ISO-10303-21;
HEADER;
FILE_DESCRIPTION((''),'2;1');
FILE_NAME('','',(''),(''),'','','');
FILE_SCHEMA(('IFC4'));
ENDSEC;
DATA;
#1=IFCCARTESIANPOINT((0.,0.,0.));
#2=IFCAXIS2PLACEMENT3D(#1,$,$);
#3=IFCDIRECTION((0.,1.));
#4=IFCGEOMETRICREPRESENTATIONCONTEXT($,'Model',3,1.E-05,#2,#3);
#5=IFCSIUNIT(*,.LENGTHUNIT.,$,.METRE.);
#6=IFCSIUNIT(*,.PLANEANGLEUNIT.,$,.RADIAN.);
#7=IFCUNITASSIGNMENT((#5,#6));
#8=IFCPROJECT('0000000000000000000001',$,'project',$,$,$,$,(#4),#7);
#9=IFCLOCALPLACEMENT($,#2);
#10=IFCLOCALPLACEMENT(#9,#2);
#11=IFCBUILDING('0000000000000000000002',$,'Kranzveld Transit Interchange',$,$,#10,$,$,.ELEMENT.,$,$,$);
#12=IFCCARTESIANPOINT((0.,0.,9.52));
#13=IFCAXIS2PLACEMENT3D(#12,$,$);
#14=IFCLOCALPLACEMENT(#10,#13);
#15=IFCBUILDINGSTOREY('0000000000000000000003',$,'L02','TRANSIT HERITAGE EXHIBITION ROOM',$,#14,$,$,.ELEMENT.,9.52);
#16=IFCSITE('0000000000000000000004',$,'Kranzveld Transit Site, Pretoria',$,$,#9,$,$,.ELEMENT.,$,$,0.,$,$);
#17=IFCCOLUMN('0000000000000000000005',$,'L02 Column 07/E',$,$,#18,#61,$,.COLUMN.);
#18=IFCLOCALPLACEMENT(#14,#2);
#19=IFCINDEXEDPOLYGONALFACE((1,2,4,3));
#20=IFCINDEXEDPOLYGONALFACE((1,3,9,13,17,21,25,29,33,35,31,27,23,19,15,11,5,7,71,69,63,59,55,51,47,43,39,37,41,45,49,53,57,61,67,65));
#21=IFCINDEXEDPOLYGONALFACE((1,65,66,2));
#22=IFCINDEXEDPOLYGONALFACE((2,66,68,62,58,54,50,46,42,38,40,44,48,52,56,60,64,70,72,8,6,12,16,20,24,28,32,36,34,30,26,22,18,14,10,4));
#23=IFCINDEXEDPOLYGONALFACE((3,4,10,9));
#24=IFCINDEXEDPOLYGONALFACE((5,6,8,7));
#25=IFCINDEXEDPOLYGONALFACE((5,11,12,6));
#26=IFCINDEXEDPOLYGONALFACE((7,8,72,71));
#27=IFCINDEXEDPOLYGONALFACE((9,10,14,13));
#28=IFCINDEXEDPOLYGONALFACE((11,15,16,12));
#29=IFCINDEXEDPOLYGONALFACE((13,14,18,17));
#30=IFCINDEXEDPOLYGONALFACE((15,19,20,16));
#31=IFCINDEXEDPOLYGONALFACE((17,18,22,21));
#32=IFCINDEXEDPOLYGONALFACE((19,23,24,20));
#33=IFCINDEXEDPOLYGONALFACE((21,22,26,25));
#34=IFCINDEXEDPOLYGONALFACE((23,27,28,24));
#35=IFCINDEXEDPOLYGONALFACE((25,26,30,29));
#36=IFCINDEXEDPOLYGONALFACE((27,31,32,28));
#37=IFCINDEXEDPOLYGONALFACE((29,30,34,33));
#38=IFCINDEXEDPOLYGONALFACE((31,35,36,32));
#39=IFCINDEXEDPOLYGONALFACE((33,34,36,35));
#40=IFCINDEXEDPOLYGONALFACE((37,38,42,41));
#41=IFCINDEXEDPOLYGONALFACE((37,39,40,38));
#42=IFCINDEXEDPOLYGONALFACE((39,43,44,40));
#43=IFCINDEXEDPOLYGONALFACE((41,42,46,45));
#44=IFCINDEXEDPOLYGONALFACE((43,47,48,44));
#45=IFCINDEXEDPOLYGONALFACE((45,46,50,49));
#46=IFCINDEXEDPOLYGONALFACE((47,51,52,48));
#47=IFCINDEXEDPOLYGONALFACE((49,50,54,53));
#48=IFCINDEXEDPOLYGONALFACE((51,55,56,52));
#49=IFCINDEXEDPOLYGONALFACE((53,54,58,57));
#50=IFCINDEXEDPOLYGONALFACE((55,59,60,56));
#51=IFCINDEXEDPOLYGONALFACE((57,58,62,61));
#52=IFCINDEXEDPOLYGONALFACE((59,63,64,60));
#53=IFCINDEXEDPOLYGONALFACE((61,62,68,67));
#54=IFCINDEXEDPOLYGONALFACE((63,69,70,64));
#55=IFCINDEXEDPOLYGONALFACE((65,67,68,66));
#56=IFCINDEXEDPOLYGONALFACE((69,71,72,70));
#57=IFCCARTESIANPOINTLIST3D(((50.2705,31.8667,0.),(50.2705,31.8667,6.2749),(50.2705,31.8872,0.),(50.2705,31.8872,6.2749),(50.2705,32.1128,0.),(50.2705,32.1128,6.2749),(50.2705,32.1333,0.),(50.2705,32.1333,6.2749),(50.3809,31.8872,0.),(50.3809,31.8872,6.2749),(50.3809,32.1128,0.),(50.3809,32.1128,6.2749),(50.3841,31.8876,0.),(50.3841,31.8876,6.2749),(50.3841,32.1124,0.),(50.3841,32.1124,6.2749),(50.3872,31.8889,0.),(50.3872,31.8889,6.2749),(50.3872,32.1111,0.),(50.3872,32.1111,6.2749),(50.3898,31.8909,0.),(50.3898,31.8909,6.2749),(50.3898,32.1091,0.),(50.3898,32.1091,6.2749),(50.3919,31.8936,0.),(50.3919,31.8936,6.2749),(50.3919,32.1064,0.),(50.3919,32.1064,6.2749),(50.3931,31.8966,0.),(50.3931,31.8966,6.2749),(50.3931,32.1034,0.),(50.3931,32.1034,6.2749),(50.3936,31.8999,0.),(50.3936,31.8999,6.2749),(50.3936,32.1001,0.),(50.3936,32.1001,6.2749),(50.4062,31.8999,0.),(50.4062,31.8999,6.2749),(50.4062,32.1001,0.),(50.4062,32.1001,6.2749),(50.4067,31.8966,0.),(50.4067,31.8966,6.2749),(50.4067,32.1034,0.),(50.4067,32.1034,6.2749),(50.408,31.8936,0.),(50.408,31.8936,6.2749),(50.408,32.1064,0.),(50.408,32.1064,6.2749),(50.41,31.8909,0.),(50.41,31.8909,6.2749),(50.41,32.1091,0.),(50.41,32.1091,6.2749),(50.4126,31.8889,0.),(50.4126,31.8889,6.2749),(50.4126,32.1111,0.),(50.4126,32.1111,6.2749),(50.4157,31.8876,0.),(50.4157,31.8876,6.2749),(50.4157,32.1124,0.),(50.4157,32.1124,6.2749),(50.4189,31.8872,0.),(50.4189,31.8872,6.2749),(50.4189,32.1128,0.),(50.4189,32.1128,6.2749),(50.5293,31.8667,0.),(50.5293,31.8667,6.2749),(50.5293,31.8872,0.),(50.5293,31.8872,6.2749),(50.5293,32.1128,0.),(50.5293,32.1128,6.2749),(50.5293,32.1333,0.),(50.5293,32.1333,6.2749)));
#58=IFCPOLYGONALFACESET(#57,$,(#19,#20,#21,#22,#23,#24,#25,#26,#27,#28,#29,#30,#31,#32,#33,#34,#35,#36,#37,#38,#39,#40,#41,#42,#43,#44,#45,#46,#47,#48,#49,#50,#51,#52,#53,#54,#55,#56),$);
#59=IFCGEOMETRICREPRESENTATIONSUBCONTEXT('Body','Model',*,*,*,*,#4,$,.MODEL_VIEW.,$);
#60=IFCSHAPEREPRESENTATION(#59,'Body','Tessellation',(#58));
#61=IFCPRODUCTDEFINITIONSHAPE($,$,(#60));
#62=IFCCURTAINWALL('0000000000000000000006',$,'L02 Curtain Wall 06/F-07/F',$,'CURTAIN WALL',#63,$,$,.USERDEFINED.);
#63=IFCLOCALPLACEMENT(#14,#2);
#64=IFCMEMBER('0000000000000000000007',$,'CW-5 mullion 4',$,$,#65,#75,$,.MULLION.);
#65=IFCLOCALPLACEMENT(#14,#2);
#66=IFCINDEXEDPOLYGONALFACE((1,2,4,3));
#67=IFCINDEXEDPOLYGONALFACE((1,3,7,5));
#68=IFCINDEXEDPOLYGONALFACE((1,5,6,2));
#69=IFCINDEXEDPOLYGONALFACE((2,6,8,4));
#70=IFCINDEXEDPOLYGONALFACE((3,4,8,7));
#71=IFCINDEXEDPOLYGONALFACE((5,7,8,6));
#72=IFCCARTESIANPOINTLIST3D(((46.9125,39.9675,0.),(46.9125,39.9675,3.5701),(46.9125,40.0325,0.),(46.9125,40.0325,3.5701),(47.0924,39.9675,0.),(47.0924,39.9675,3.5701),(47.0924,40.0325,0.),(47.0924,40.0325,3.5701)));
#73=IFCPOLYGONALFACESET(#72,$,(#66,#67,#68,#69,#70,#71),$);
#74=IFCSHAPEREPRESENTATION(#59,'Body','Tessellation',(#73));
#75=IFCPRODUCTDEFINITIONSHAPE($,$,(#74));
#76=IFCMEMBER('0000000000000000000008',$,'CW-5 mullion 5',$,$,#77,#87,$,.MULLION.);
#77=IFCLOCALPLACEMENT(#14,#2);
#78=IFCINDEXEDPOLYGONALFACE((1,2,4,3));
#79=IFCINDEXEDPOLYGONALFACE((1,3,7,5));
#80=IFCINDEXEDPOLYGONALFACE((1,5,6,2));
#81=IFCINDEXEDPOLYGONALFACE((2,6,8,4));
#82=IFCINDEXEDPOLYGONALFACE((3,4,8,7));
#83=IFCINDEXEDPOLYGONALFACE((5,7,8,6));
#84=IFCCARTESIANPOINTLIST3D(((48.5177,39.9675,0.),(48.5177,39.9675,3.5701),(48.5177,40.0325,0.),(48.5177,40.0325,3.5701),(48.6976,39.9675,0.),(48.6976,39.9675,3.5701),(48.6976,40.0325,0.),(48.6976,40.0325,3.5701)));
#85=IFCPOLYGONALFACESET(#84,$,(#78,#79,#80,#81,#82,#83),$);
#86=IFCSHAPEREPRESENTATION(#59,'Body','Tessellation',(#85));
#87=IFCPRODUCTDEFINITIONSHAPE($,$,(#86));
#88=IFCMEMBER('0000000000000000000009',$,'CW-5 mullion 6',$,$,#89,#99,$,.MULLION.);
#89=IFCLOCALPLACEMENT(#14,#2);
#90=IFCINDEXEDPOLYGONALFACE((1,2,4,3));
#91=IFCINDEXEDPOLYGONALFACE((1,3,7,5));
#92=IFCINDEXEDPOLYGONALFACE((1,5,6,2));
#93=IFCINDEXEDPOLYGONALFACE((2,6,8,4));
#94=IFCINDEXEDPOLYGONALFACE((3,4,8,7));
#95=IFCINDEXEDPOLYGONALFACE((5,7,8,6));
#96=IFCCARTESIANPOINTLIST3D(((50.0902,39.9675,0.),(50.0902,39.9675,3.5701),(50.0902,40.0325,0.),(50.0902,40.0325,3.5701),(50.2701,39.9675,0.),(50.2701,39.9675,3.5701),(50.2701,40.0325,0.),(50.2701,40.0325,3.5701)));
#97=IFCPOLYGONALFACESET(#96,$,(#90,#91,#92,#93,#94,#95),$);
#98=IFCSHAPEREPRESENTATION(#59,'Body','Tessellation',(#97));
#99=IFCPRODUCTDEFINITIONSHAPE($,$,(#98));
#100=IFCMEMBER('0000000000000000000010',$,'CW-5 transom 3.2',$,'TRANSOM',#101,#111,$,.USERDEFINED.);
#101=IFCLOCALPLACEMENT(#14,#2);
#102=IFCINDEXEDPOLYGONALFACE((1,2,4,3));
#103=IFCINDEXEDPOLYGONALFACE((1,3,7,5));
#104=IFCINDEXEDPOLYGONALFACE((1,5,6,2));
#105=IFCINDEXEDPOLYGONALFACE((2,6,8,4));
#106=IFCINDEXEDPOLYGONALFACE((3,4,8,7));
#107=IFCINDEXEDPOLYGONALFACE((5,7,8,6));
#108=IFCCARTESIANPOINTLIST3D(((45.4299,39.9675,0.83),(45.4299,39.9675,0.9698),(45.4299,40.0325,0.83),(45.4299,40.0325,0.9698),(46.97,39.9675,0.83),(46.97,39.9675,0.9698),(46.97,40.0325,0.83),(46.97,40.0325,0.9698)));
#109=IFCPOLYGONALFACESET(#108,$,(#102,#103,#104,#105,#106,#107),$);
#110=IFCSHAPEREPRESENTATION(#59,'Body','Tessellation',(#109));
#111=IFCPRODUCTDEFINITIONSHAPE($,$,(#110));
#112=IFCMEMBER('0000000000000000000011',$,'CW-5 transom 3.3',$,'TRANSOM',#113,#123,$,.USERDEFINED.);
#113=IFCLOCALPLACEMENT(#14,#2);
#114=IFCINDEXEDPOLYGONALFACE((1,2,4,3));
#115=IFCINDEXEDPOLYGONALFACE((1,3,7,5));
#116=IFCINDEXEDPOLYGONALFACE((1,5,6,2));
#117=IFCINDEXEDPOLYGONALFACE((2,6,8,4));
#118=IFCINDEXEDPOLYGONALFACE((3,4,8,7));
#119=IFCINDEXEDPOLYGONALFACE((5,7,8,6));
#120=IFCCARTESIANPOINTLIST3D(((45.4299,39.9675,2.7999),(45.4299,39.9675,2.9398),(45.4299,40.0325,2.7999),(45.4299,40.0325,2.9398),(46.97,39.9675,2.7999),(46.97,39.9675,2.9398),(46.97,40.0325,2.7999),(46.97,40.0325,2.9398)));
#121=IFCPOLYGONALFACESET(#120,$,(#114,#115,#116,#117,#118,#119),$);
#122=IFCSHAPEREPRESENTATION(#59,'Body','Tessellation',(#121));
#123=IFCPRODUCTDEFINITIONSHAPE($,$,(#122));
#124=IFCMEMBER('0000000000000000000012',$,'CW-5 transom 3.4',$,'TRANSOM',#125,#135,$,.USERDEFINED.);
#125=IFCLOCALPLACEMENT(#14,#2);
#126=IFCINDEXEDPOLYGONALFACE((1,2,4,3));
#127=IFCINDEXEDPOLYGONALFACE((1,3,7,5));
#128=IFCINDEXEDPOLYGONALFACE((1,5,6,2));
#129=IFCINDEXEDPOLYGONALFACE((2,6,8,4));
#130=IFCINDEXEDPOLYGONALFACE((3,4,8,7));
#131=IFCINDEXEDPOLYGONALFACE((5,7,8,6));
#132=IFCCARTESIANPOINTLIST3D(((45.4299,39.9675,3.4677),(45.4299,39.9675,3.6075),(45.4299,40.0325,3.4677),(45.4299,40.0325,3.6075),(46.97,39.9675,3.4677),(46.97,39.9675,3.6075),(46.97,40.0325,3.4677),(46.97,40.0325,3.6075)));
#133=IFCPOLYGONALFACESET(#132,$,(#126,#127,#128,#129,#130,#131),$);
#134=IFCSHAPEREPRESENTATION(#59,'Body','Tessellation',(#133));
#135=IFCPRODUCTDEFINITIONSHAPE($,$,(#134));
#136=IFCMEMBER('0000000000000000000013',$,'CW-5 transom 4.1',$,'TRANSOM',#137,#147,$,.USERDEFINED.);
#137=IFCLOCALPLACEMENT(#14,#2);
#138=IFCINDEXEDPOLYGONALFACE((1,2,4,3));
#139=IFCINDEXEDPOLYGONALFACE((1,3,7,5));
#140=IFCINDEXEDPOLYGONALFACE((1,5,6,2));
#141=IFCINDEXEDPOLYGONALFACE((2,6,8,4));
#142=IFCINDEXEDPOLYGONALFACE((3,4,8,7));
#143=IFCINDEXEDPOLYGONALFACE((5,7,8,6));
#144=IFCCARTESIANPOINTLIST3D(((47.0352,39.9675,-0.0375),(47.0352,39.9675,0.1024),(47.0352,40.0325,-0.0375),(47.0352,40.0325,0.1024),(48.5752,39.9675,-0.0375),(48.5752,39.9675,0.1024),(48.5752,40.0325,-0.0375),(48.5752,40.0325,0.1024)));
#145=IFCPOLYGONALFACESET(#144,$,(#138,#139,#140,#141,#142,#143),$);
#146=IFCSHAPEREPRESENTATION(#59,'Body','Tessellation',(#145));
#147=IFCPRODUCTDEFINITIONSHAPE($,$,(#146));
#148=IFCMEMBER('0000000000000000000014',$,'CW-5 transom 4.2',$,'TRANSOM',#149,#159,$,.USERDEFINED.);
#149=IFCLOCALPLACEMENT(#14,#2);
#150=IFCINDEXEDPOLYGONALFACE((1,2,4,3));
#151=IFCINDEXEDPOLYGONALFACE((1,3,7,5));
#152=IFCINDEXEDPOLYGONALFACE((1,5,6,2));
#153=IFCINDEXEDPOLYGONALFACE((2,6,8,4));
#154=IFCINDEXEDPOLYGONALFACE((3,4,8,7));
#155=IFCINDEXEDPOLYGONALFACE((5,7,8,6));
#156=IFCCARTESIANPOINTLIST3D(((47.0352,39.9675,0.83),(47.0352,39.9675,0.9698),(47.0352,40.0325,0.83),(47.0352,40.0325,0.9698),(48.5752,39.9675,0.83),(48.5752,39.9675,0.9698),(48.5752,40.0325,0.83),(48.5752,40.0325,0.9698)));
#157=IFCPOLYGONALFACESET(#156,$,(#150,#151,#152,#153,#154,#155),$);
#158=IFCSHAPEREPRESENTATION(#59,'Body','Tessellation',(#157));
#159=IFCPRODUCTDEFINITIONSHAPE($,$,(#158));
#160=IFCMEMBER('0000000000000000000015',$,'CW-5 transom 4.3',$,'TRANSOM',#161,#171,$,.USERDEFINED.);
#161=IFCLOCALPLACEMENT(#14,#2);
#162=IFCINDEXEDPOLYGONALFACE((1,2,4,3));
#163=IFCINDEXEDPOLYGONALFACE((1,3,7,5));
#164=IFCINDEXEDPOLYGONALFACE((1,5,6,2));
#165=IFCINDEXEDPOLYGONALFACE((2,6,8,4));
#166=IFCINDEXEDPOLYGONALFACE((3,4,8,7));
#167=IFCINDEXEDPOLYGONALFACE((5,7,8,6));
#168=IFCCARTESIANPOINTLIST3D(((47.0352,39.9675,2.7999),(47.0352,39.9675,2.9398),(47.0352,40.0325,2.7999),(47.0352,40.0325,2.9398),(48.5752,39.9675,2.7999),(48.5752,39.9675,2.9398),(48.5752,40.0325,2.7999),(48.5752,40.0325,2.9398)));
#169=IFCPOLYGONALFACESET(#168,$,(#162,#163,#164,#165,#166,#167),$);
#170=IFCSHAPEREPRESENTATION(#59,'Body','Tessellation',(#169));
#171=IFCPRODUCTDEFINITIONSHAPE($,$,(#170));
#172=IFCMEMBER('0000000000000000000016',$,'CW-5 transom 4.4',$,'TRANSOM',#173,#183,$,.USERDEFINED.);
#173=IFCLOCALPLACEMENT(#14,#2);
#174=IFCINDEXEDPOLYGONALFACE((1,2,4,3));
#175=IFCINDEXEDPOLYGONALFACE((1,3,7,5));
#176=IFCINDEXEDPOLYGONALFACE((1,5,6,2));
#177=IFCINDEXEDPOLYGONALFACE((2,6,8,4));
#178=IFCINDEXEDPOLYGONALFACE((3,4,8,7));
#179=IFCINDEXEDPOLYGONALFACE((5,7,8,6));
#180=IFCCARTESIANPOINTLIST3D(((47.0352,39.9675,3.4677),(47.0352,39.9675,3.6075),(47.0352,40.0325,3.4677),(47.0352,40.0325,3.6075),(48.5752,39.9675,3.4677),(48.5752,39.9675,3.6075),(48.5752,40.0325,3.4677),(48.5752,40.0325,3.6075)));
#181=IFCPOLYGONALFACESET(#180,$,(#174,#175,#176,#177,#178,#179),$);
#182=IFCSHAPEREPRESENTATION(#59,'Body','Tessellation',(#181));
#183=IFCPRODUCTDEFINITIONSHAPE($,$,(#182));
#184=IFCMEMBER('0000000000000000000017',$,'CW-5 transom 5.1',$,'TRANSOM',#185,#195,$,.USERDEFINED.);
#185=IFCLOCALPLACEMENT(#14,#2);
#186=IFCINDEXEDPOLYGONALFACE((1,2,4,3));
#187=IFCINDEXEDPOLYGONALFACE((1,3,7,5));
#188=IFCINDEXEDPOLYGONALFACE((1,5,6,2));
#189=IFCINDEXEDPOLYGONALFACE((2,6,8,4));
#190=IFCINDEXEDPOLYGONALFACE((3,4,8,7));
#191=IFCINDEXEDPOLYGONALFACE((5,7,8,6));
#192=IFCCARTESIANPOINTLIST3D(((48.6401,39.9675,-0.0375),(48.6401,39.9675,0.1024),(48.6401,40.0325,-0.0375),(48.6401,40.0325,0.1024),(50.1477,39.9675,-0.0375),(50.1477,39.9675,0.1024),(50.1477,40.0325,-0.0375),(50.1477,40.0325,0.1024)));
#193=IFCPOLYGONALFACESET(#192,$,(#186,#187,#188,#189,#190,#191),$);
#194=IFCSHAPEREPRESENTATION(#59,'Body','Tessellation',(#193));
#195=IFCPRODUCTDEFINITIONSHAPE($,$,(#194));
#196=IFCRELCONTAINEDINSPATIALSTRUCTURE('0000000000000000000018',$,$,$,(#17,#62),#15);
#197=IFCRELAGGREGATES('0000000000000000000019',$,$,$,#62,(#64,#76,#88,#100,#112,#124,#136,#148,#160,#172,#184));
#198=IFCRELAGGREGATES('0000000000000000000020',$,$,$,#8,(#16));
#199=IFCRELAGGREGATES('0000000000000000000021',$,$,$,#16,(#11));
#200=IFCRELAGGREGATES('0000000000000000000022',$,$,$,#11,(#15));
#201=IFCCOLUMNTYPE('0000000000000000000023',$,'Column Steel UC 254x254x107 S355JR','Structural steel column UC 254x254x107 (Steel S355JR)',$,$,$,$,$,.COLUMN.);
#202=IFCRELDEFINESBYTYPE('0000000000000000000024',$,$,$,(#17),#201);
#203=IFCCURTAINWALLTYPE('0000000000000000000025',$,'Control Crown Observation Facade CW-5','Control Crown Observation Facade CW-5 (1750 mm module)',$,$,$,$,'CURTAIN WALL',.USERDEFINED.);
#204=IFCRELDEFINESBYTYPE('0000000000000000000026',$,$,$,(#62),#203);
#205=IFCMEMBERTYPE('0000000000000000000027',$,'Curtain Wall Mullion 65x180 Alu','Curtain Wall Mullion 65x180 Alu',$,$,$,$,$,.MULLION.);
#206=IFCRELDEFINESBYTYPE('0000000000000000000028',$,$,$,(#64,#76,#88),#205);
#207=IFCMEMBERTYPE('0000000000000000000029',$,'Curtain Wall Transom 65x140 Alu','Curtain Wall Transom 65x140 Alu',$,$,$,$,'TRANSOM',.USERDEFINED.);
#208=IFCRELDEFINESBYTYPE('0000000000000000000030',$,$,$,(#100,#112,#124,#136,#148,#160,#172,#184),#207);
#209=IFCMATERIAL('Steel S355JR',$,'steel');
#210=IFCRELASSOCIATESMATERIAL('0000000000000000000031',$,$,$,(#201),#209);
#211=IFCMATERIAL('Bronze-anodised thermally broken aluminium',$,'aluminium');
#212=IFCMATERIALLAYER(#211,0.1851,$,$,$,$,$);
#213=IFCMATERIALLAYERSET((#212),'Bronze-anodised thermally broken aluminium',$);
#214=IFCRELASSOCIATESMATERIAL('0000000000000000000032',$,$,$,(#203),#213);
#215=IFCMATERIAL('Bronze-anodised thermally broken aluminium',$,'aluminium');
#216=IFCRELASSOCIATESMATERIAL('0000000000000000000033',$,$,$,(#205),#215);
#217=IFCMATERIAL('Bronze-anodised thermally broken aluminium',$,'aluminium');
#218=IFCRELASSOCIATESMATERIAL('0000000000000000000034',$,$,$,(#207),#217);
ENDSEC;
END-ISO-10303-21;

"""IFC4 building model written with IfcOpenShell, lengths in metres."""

from ifc_helpers import new_model, si_unit, direction, frame, origin, origin_2d, place, context, subcontext, project, spatial, rectangle, i_section, extrude, material, layer, layer_set, material_profile, profile_set, type_object, element, aggregate, save


model = new_model("IFC4")

# Units and contexts
model_context = context("Model", 3, precision=1e-05, world=origin(), true_north=direction((0.0, 1.0)))
body_context = subcontext(model_context, "Body", "Model", "MODEL_VIEW")
ifc_project = project(units=[si_unit("LENGTHUNIT", "METRE"), si_unit("PLANEANGLEUNIT", "RADIAN")], contexts=[model_context])

# Site, building, storey
site_placement = place(None, origin())
site = spatial("IfcSite", under=ifc_project, at=site_placement, Name="Kranzveld Transit Site, Pretoria", CompositionType="ELEMENT", RefElevation=0.0)
building_placement = place(site_placement, origin())
building = spatial("IfcBuilding", under=site, at=building_placement, Name="Kranzveld Transit Interchange", CompositionType="ELEMENT")
storey_placement = place(building_placement, frame((0.0, 0.0, 9.52)))
storey = spatial("IfcBuildingStorey", under=building, at=storey_placement, Name="L02", Description="TRANSIT HERITAGE EXHIBITION ROOM", CompositionType="ELEMENT", Elevation=9.52)

# Column
ifc_material_1 = material(Name="Steel S355JR", Category="steel")
ifc_material_profile_1 = material_profile(ifc_material_1, i_section(OverallWidth=0.2588, OverallDepth=0.2666, WebThickness=0.0127, FlangeThickness=0.0205, FilletRadius=0.0127, at=origin_2d()), Name="UC 254x254x107")
ifc_profile_set_1 = profile_set([ifc_material_profile_1], Name="Steel S355JR")
column_type = type_object("IfcColumnType", Name="Column Steel UC 254x254x107 S355JR", Description="Structural steel column UC 254x254x107 (Steel S355JR)", PredefinedType="COLUMN", material=ifc_profile_set_1)
column_placement = place(storey_placement, frame((50.3999, 32.0, 0.0), z_axis=(0.0, 0.0, 1.0), x_axis=(1.0, 0.0, 0.0)))
element("IfcColumn", 1, at=column_placement, inside=storey, type_object=column_type, Name="L02 Column 07/E", PredefinedType="COLUMN", context=body_context, shape_type="SweptSolid", body=[
    extrude(i_section(OverallWidth=0.2588, OverallDepth=0.2666, WebThickness=0.0127, FlangeThickness=0.0205, FilletRadius=0.0127, at=origin_2d()), origin(), (0.0, 0.0, 1.0), 6.2749),
])

# Curtain wall, members
ifc_material_2 = material(Name="Bronze-anodised thermally broken aluminium", Category="aluminium")
ifc_layer_1 = layer(ifc_material_2, 0.1851)
ifc_layer_set_1 = layer_set([ifc_layer_1], Name="Bronze-anodised thermally broken aluminium")
curtain_wall_type = type_object("IfcCurtainWallType", Name="Control Crown Observation Facade CW-5", Description="Control Crown Observation Facade CW-5 (1750 mm module)", ElementType="CURTAIN WALL", PredefinedType="USERDEFINED", material=ifc_layer_set_1)
curtain_wall_placement = place(storey_placement, origin())
curtain_wall = element("IfcCurtainWall", 2, at=curtain_wall_placement, inside=storey, type_object=curtain_wall_type, Name="L02 Curtain Wall 06/F-07/F", ObjectType="CURTAIN WALL", PredefinedType="USERDEFINED")
ifc_material_3 = material(Name="Bronze-anodised thermally broken aluminium", Category="aluminium")
ifc_material_profile_2 = material_profile(ifc_material_3, rectangle(XDim=0.0649, YDim=0.1799, at=origin_2d()), Name="ALU MULLION 65x180")
ifc_profile_set_2 = profile_set([ifc_material_profile_2], Name="Bronze-anodised thermally broken aluminium")
member_type_1 = type_object("IfcMemberType", Name="Curtain Wall Mullion 65x180 Alu", Description="Curtain Wall Mullion 65x180 Alu", PredefinedType="MULLION", material=ifc_profile_set_2)
member_1_placement = place(storey_placement, frame((47.0024, 40.0, 0.0), z_axis=(0.0, 0.0, 1.0), x_axis=(0.0, 1.0, 0.0)))
member_1 = element("IfcMember", 3, at=member_1_placement, type_object=member_type_1, Name="CW-5 mullion 4", PredefinedType="MULLION", context=body_context, shape_type="SweptSolid", body=[
    extrude(rectangle(XDim=0.0649, YDim=0.1799, at=origin_2d()), origin(), (0.0, 0.0, 1.0), 3.5701),
])
member_2_placement = place(storey_placement, frame((48.6077, 40.0, 0.0), z_axis=(0.0, 0.0, 1.0), x_axis=(0.0, 1.0, 0.0)))
member_2 = element("IfcMember", 4, at=member_2_placement, type_object=member_type_1, Name="CW-5 mullion 5", PredefinedType="MULLION", context=body_context, shape_type="SweptSolid", body=[
    extrude(rectangle(XDim=0.0649, YDim=0.1799, at=origin_2d()), origin(), (0.0, 0.0, 1.0), 3.5701),
])
member_3_placement = place(storey_placement, frame((50.1802, 40.0, 0.0), z_axis=(0.0, 0.0, 1.0), x_axis=(0.0, 1.0, 0.0)))
member_3 = element("IfcMember", 5, at=member_3_placement, type_object=member_type_1, Name="CW-5 mullion 6", PredefinedType="MULLION", context=body_context, shape_type="SweptSolid", body=[
    extrude(rectangle(XDim=0.0649, YDim=0.1799, at=origin_2d()), origin(), (0.0, 0.0, 1.0), 3.5701),
])
ifc_material_4 = material(Name="Bronze-anodised thermally broken aluminium", Category="aluminium")
ifc_material_profile_3 = material_profile(ifc_material_4, rectangle(XDim=0.0649, YDim=0.1399, at=origin_2d()), Name="ALU TRANSOM 65x140")
ifc_profile_set_3 = profile_set([ifc_material_profile_3], Name="Bronze-anodised thermally broken aluminium")
member_type_2 = type_object("IfcMemberType", Name="Curtain Wall Transom 65x140 Alu", Description="Curtain Wall Transom 65x140 Alu", ElementType="TRANSOM", PredefinedType="USERDEFINED", material=ifc_profile_set_3)
member_4_placement = place(storey_placement, frame((45.4299, 40.0, 0.8999), z_axis=(1.0, 0.0, 0.0), x_axis=(0.0, 1.0, 0.0)))
member_4 = element("IfcMember", 6, at=member_4_placement, type_object=member_type_2, Name="CW-5 transom 3.2", ObjectType="TRANSOM", PredefinedType="USERDEFINED", context=body_context, shape_type="SweptSolid", body=[
    extrude(rectangle(XDim=0.0649, YDim=0.1399, at=origin_2d()), origin(), (0.0, 0.0, 1.0), 1.54),
])
member_5_placement = place(storey_placement, frame((45.4299, 40.0, 2.8699), z_axis=(1.0, 0.0, 0.0), x_axis=(0.0, 1.0, 0.0)))
member_5 = element("IfcMember", 7, at=member_5_placement, type_object=member_type_2, Name="CW-5 transom 3.3", ObjectType="TRANSOM", PredefinedType="USERDEFINED", context=body_context, shape_type="SweptSolid", body=[
    extrude(rectangle(XDim=0.0649, YDim=0.1399, at=origin_2d()), origin(), (0.0, 0.0, 1.0), 1.54),
])
member_6_placement = place(storey_placement, frame((45.4299, 40.0, 3.5376), z_axis=(1.0, 0.0, 0.0), x_axis=(0.0, 1.0, 0.0)))
member_6 = element("IfcMember", 8, at=member_6_placement, type_object=member_type_2, Name="CW-5 transom 3.4", ObjectType="TRANSOM", PredefinedType="USERDEFINED", context=body_context, shape_type="SweptSolid", body=[
    extrude(rectangle(XDim=0.0649, YDim=0.1399, at=origin_2d()), origin(), (0.0, 0.0, 1.0), 1.54),
])
member_7_placement = place(storey_placement, frame((47.0352, 40.0, 0.0325), z_axis=(1.0, 0.0, 0.0), x_axis=(0.0, 1.0, 0.0)))
member_7 = element("IfcMember", 9, at=member_7_placement, type_object=member_type_2, Name="CW-5 transom 4.1", ObjectType="TRANSOM", PredefinedType="USERDEFINED", context=body_context, shape_type="SweptSolid", body=[
    extrude(rectangle(XDim=0.0649, YDim=0.1399, at=origin_2d()), origin(), (0.0, 0.0, 1.0), 1.54),
])
member_8_placement = place(storey_placement, frame((47.0352, 40.0, 0.8999), z_axis=(1.0, 0.0, 0.0), x_axis=(0.0, 1.0, 0.0)))
member_8 = element("IfcMember", 10, at=member_8_placement, type_object=member_type_2, Name="CW-5 transom 4.2", ObjectType="TRANSOM", PredefinedType="USERDEFINED", context=body_context, shape_type="SweptSolid", body=[
    extrude(rectangle(XDim=0.0649, YDim=0.1399, at=origin_2d()), origin(), (0.0, 0.0, 1.0), 1.54),
])
member_9_placement = place(storey_placement, frame((47.0352, 40.0, 2.8699), z_axis=(1.0, 0.0, 0.0), x_axis=(0.0, 1.0, 0.0)))
member_9 = element("IfcMember", 11, at=member_9_placement, type_object=member_type_2, Name="CW-5 transom 4.3", ObjectType="TRANSOM", PredefinedType="USERDEFINED", context=body_context, shape_type="SweptSolid", body=[
    extrude(rectangle(XDim=0.0649, YDim=0.1399, at=origin_2d()), origin(), (0.0, 0.0, 1.0), 1.54),
])
member_10_placement = place(storey_placement, frame((47.0352, 40.0, 3.5376), z_axis=(1.0, 0.0, 0.0), x_axis=(0.0, 1.0, 0.0)))
member_10 = element("IfcMember", 12, at=member_10_placement, type_object=member_type_2, Name="CW-5 transom 4.4", ObjectType="TRANSOM", PredefinedType="USERDEFINED", context=body_context, shape_type="SweptSolid", body=[
    extrude(rectangle(XDim=0.0649, YDim=0.1399, at=origin_2d()), origin(), (0.0, 0.0, 1.0), 1.54),
])
member_11_placement = place(storey_placement, frame((48.6401, 40.0, 0.0325), z_axis=(1.0, 0.0, 0.0), x_axis=(0.0, 1.0, 0.0)))
member_11 = element("IfcMember", 13, at=member_11_placement, type_object=member_type_2, Name="CW-5 transom 5.1", ObjectType="TRANSOM", PredefinedType="USERDEFINED", context=body_context, shape_type="SweptSolid", body=[
    extrude(rectangle(XDim=0.0649, YDim=0.1399, at=origin_2d()), origin(), (0.0, 0.0, 1.0), 1.5076),
])

aggregate(curtain_wall, [member_1, member_2, member_3, member_4, member_5, member_6, member_7, member_8, member_9, member_10, member_11])

save(model, "model.ifc")
